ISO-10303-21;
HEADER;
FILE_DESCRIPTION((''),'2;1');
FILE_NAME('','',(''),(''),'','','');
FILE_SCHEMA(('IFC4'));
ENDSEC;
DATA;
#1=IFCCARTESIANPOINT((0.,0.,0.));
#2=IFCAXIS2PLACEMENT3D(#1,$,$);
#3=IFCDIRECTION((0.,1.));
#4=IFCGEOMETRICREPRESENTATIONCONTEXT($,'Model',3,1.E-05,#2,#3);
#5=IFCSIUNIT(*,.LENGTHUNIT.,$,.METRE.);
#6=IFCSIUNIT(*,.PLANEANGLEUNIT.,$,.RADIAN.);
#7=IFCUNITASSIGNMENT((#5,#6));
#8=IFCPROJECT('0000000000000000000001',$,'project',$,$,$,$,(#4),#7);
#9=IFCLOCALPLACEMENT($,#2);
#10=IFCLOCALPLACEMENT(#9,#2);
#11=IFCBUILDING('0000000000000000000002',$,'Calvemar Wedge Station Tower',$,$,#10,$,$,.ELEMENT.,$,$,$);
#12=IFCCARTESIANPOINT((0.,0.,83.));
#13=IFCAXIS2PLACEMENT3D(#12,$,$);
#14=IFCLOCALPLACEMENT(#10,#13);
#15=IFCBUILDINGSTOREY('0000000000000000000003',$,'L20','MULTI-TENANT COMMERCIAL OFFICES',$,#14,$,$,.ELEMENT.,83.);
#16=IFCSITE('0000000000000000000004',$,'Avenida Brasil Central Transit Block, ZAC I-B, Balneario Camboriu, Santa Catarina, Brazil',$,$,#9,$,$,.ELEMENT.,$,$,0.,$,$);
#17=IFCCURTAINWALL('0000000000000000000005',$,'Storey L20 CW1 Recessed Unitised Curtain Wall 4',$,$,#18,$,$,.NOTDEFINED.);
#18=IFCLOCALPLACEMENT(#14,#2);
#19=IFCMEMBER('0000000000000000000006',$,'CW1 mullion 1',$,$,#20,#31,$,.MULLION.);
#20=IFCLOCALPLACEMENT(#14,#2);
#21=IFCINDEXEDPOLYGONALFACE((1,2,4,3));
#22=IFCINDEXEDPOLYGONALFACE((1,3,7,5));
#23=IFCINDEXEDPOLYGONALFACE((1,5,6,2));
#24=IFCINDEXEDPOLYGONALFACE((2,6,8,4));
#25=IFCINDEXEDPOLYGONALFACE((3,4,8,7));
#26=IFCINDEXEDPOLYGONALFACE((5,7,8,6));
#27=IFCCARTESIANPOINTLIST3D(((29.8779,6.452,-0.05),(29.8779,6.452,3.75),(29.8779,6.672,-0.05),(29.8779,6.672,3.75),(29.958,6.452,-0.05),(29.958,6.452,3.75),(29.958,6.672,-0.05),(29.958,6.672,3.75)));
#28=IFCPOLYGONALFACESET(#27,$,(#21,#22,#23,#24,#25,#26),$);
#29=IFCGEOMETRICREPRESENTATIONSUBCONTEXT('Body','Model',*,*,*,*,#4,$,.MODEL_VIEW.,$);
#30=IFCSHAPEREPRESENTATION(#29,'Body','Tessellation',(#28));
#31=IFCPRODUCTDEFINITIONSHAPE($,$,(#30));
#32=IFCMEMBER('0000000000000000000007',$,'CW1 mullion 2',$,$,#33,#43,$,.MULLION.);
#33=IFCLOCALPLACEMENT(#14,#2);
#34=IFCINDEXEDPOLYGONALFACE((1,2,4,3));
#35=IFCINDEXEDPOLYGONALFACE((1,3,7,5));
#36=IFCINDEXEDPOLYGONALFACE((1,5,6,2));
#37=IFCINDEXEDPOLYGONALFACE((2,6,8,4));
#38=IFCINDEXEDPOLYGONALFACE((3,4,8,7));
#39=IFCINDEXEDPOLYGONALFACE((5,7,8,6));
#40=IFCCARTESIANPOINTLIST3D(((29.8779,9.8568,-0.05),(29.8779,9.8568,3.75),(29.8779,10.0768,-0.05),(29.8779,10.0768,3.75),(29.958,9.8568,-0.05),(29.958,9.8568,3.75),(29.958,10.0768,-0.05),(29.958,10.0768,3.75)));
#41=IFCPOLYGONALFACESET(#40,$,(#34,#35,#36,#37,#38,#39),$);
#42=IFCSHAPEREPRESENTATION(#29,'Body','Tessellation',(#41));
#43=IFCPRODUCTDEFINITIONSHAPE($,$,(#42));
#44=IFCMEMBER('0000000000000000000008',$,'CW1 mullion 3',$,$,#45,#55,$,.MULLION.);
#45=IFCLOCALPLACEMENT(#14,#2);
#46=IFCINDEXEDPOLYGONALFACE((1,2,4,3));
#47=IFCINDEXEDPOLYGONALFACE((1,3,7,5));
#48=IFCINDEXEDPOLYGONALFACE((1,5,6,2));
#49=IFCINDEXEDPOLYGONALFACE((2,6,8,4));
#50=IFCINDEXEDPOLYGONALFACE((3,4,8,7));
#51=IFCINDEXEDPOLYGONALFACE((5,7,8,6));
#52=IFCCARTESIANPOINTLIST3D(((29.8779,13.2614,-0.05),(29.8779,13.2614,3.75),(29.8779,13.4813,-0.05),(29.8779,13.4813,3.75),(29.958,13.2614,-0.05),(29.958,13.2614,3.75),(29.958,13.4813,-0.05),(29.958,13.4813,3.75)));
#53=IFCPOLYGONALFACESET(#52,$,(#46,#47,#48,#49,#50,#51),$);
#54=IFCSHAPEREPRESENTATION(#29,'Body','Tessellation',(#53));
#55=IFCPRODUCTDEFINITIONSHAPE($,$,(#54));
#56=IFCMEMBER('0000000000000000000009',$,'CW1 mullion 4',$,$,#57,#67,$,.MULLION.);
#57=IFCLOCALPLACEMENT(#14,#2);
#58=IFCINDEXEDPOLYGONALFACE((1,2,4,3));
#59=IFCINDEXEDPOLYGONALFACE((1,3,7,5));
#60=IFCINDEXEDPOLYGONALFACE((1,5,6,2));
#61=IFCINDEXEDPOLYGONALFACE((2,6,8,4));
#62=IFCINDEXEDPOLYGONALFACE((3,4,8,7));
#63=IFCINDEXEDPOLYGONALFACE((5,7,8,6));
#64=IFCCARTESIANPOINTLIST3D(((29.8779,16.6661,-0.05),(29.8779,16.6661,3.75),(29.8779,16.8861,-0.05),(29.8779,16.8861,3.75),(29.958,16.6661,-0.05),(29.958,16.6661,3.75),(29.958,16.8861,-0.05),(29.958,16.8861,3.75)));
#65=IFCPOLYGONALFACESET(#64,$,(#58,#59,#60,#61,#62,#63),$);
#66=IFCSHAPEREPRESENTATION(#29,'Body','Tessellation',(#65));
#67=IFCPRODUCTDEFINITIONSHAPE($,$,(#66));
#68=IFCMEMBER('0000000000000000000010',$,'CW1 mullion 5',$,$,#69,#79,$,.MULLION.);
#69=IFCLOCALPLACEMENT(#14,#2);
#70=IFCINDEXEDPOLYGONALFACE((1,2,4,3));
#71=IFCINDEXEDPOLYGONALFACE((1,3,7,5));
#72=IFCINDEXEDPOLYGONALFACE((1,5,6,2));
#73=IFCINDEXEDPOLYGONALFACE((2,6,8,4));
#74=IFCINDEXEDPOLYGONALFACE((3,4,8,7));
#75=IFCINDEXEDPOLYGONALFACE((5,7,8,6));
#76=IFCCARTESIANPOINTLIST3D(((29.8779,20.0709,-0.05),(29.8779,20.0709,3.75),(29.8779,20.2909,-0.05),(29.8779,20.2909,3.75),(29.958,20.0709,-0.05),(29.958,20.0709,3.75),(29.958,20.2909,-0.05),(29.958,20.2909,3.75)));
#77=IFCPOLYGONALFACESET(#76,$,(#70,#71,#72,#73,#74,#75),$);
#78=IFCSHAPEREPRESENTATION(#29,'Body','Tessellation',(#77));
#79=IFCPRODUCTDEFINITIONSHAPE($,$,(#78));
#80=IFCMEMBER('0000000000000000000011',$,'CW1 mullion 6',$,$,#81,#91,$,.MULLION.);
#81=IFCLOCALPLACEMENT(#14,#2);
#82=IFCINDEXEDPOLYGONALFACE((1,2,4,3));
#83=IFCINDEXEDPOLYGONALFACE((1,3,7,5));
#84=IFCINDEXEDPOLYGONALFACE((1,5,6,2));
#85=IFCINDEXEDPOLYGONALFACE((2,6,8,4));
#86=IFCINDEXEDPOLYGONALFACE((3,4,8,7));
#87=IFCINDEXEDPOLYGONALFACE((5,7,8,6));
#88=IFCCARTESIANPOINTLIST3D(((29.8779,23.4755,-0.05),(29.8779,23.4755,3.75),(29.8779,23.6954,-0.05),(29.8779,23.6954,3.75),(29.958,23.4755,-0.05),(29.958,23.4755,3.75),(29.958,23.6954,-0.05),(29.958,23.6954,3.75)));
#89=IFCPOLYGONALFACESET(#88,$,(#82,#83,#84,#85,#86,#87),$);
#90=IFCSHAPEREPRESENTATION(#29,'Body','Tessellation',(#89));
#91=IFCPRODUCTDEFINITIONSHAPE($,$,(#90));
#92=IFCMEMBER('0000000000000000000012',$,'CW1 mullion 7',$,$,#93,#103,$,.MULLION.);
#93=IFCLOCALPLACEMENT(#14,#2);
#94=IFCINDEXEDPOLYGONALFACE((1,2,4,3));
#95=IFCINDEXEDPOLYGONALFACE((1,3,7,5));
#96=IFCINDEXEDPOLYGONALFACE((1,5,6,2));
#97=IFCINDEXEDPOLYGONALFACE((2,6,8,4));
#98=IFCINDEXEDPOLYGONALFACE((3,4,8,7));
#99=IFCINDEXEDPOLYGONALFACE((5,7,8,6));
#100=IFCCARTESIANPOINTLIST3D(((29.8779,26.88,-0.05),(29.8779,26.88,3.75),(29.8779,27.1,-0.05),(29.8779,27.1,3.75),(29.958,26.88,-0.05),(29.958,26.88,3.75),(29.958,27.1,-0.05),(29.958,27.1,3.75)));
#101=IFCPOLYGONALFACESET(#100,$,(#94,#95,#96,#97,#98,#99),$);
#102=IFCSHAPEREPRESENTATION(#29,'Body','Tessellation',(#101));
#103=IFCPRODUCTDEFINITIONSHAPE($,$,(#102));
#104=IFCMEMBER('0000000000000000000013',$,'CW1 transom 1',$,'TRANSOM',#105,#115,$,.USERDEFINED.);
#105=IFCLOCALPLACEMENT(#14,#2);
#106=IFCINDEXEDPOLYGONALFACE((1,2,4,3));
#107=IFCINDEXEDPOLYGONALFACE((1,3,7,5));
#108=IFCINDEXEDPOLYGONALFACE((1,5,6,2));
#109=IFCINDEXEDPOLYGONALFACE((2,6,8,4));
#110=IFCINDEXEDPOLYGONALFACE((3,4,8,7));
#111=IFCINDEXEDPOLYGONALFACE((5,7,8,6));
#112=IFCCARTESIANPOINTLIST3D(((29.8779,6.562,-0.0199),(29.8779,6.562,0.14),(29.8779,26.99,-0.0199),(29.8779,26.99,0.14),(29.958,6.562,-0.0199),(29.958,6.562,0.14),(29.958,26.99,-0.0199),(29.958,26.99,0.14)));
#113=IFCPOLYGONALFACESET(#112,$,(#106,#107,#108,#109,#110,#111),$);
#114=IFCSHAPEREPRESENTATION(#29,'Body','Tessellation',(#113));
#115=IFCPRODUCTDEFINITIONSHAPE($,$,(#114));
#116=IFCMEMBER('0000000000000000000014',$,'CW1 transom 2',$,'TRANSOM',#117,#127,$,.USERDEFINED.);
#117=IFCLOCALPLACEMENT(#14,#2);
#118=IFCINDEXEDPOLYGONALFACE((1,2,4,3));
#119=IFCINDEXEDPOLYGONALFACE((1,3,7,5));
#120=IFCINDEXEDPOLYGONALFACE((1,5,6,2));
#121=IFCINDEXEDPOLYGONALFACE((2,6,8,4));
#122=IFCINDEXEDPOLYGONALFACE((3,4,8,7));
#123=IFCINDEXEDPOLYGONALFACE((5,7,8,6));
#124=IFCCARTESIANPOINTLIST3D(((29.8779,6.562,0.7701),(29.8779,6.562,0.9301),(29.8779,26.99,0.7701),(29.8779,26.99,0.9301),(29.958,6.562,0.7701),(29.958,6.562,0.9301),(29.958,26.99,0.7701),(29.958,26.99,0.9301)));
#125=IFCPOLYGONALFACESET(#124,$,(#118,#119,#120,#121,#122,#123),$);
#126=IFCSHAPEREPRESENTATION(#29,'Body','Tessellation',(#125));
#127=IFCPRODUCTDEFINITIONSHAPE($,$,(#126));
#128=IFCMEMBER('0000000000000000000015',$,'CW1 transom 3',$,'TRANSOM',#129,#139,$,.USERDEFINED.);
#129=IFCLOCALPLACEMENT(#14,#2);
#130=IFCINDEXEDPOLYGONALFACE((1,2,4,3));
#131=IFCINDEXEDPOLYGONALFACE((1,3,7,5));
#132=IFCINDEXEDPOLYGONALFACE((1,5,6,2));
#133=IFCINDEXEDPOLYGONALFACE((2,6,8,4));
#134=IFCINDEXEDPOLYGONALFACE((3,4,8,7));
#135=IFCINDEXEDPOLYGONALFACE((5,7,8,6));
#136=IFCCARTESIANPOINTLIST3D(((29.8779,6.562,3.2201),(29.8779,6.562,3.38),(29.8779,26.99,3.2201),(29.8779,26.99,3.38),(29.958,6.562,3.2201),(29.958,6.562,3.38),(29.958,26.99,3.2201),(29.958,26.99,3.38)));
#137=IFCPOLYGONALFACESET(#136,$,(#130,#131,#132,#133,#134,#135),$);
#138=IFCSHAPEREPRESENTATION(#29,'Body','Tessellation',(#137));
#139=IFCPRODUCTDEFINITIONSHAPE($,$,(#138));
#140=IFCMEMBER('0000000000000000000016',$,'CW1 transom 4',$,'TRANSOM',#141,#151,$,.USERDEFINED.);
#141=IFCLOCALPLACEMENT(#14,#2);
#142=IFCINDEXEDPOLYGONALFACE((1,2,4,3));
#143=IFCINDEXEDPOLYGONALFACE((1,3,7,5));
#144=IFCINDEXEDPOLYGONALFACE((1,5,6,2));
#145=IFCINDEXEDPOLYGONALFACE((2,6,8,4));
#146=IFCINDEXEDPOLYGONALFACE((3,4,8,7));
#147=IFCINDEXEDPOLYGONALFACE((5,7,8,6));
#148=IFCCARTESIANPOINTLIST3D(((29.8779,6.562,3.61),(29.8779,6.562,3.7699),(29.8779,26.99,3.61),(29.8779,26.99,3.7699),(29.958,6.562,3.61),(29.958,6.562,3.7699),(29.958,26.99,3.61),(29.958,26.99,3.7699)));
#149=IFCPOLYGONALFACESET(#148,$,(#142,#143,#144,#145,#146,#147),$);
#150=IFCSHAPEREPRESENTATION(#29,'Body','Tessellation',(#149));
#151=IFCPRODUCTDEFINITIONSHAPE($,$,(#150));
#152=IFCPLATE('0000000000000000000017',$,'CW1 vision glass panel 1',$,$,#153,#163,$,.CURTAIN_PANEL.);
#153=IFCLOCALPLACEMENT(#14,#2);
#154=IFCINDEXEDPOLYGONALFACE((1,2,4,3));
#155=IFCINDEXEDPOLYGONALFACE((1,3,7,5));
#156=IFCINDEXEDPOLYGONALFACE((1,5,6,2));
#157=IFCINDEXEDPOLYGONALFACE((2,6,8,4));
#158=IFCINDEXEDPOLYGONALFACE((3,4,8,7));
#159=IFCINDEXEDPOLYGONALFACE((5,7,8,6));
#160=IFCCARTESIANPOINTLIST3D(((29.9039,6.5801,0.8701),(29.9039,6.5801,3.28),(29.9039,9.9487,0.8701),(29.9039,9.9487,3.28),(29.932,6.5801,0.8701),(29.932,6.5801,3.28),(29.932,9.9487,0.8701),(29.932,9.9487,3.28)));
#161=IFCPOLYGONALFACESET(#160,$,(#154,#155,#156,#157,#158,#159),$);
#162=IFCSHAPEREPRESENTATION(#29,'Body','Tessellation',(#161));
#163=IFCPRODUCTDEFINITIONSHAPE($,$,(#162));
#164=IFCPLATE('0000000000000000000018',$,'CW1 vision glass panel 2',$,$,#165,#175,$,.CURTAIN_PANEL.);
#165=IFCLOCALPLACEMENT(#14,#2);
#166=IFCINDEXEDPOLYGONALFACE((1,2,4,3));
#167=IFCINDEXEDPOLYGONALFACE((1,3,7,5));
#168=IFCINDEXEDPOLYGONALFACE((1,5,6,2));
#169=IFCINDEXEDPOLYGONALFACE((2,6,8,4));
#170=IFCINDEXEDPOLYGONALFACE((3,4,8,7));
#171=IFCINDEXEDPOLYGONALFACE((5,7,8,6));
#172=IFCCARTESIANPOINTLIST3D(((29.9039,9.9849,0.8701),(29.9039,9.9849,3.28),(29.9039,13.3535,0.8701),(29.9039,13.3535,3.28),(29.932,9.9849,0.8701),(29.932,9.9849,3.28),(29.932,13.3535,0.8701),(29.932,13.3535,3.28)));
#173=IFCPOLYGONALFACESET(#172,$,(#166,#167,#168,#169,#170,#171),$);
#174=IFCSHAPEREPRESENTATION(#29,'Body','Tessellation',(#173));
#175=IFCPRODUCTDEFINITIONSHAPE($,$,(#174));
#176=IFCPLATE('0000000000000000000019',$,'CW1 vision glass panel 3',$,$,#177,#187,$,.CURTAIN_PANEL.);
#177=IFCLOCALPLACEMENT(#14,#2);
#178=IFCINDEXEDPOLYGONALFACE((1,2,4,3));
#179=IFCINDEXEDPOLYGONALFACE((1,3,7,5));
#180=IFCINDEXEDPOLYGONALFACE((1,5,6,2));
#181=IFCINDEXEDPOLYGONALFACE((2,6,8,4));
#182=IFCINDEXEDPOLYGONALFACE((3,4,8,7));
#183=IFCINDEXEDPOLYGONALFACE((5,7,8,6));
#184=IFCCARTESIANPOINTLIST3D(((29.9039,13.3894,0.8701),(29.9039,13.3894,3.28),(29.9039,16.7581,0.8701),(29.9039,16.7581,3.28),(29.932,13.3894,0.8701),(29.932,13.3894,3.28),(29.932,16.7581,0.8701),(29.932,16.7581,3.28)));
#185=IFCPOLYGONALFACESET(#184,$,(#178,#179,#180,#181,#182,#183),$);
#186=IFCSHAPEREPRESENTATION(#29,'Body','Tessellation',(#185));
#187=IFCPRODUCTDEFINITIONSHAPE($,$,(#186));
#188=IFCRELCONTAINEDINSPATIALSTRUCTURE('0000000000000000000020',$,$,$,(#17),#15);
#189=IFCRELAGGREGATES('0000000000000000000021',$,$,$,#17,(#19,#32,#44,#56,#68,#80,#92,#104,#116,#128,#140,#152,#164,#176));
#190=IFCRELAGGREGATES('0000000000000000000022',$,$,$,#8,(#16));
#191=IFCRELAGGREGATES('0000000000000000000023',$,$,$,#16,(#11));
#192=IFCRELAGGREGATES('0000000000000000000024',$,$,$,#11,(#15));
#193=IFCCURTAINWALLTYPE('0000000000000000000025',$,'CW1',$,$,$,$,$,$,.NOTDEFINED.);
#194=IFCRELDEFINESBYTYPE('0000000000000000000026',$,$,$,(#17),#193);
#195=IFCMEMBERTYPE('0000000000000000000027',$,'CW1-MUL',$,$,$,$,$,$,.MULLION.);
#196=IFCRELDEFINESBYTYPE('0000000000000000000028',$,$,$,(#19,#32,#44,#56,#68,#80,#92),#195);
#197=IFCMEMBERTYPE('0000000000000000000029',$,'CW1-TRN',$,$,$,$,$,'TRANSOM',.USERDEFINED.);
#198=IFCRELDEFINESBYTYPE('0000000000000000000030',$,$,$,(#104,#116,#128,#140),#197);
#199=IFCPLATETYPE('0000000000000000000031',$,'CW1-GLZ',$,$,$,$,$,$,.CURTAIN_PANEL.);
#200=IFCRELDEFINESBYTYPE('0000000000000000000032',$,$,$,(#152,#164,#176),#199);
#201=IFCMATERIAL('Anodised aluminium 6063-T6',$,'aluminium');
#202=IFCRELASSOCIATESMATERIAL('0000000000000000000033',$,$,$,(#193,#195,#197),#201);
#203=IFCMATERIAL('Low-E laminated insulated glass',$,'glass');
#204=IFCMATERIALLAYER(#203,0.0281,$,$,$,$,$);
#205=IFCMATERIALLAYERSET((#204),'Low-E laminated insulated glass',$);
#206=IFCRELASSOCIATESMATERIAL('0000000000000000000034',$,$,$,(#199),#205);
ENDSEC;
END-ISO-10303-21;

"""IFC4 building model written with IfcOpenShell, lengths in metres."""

from ifc_helpers import new_model, si_unit, direction, frame, frame_2d, origin, origin_2d, place, context, subcontext, project, spatial, rectangle, extrude, source, transform, mapped, material, layer, layer_set, material_profile, profile_set, type_object, element, aggregate, save


model = new_model("IFC4")

# Units and contexts
model_context = context("Model", 3, precision=1e-05, world=origin(), true_north=direction((0.0, 1.0)))
body_context = subcontext(model_context, "Body", "Model", "MODEL_VIEW")
ifc_project = project(units=[si_unit("LENGTHUNIT", "METRE"), si_unit("PLANEANGLEUNIT", "RADIAN")], contexts=[model_context])

# Site, building, storey
site_placement = place(None, origin())
site = spatial("IfcSite", under=ifc_project, at=site_placement, Name="Avenida Brasil Central Transit Block, ZAC I-B, Balneario Camboriu, Santa Catarina, Brazil", CompositionType="ELEMENT", RefElevation=0.0)
building_placement = place(site_placement, origin())
building = spatial("IfcBuilding", under=site, at=building_placement, Name="Calvemar Wedge Station Tower", CompositionType="ELEMENT")
storey_placement = place(building_placement, frame((0.0, 0.0, 83.0)))
storey = spatial("IfcBuildingStorey", under=building, at=storey_placement, Name="L20", Description="MULTI-TENANT COMMERCIAL OFFICES", CompositionType="ELEMENT", Elevation=83.0)

# Curtain wall, members, plates
ifc_material_1 = material(Name="Anodised aluminium 6063-T6", Category="aluminium")
curtain_wall_type = type_object("IfcCurtainWallType", Name="CW1", PredefinedType="NOTDEFINED", material=ifc_material_1)
curtain_wall_placement = place(storey_placement, origin())
curtain_wall = element("IfcCurtainWall", 1, at=curtain_wall_placement, inside=storey, type_object=curtain_wall_type, Name="Storey L20 CW1 Recessed Unitised Curtain Wall 4", PredefinedType="NOTDEFINED")
ifc_material_profile_1 = material_profile(ifc_material_1, rectangle(XDim=0.0801, YDim=0.22, at=origin_2d()), Name="AL-MUL-80x220")
ifc_profile_set_1 = profile_set([ifc_material_profile_1], Name="Anodised aluminium 6063-T6")
member_type_1 = type_object("IfcMemberType", Name="CW1-MUL", PredefinedType="MULLION", material=ifc_profile_set_1)
shared_shape_1 = source(origin(), body_context, "Body", "SweptSolid", [
    extrude(rectangle(XDim=0.0801, YDim=0.22, at=origin_2d()), origin(), (0.0, 0.0, 1.0), 3.8),
])
member_1_placement = place(storey_placement, frame((29.918, 6.562, -0.05), z_axis=(0.0, 0.0, 1.0), x_axis=(1.0, 0.0, 0.0)))
member_1 = element("IfcMember", 2, at=member_1_placement, type_object=member_type_1, Name="CW1 mullion 1", PredefinedType="MULLION", context=body_context, shape_type="MappedRepresentation", body=[
    mapped(shared_shape_1, transform((0.0, 0.0, 0.0), scale=1.0)),
])
member_2_placement = place(storey_placement, frame((29.918, 9.9668, -0.05), z_axis=(0.0, 0.0, 1.0), x_axis=(1.0, 0.0, 0.0)))
member_2 = element("IfcMember", 3, at=member_2_placement, type_object=member_type_1, Name="CW1 mullion 2", PredefinedType="MULLION", context=body_context, shape_type="MappedRepresentation", body=[
    mapped(shared_shape_1, transform((0.0, 0.0, 0.0), scale=1.0)),
])
member_3_placement = place(storey_placement, frame((29.918, 13.3713, -0.05), z_axis=(0.0, 0.0, 1.0), x_axis=(1.0, 0.0, 0.0)))
member_3 = element("IfcMember", 4, at=member_3_placement, type_object=member_type_1, Name="CW1 mullion 3", PredefinedType="MULLION", context=body_context, shape_type="MappedRepresentation", body=[
    mapped(shared_shape_1, transform((0.0, 0.0, 0.0), scale=1.0)),
])
member_4_placement = place(storey_placement, frame((29.918, 16.7761, -0.05), z_axis=(0.0, 0.0, 1.0), x_axis=(1.0, 0.0, 0.0)))
member_4 = element("IfcMember", 5, at=member_4_placement, type_object=member_type_1, Name="CW1 mullion 4", PredefinedType="MULLION", context=body_context, shape_type="MappedRepresentation", body=[
    mapped(shared_shape_1, transform((0.0, 0.0, 0.0), scale=1.0)),
])
member_5_placement = place(storey_placement, frame((29.918, 20.1809, -0.05), z_axis=(0.0, 0.0, 1.0), x_axis=(1.0, 0.0, 0.0)))
member_5 = element("IfcMember", 6, at=member_5_placement, type_object=member_type_1, Name="CW1 mullion 5", PredefinedType="MULLION", context=body_context, shape_type="MappedRepresentation", body=[
    mapped(shared_shape_1, transform((0.0, 0.0, 0.0), scale=1.0)),
])
member_6_placement = place(storey_placement, frame((29.918, 23.5854, -0.05), z_axis=(0.0, 0.0, 1.0), x_axis=(1.0, 0.0, 0.0)))
member_6 = element("IfcMember", 7, at=member_6_placement, type_object=member_type_1, Name="CW1 mullion 6", PredefinedType="MULLION", context=body_context, shape_type="MappedRepresentation", body=[
    mapped(shared_shape_1, transform((0.0, 0.0, 0.0), scale=1.0)),
])
member_7_placement = place(storey_placement, frame((29.918, 26.99, -0.05), z_axis=(0.0, 0.0, 1.0), x_axis=(1.0, 0.0, 0.0)))
member_7 = element("IfcMember", 8, at=member_7_placement, type_object=member_type_1, Name="CW1 mullion 7", PredefinedType="MULLION", context=body_context, shape_type="MappedRepresentation", body=[
    mapped(shared_shape_1, transform((0.0, 0.0, 0.0), scale=1.0)),
])
ifc_material_profile_2 = material_profile(ifc_material_1, rectangle(XDim=0.0801, YDim=0.1599, at=origin_2d()), Name="AL-TRN-80x160")
ifc_profile_set_2 = profile_set([ifc_material_profile_2], Name="Anodised aluminium 6063-T6")
member_type_2 = type_object("IfcMemberType", Name="CW1-TRN", ElementType="TRANSOM", PredefinedType="USERDEFINED", material=ifc_profile_set_2)
shared_shape_2 = source(origin(), body_context, "Body", "SweptSolid", [
    extrude(rectangle(XDim=0.0801, YDim=0.1599, at=origin_2d()), origin(), (0.0, 0.0, 1.0), 20.428),
])
member_8_placement = place(storey_placement, frame((29.918, 6.562, 0.0601), z_axis=(0.0, 1.0, 0.0), x_axis=(-1.0, 0.0, 0.0)))
member_8 = element("IfcMember", 9, at=member_8_placement, type_object=member_type_2, Name="CW1 transom 1", ObjectType="TRANSOM", PredefinedType="USERDEFINED", context=body_context, shape_type="MappedRepresentation", body=[
    mapped(shared_shape_2, transform((0.0, 0.0, 0.0), scale=1.0)),
])
member_9_placement = place(storey_placement, frame((29.918, 6.562, 0.8501), z_axis=(0.0, 1.0, 0.0), x_axis=(-1.0, 0.0, 0.0)))
member_9 = element("IfcMember", 10, at=member_9_placement, type_object=member_type_2, Name="CW1 transom 2", ObjectType="TRANSOM", PredefinedType="USERDEFINED", context=body_context, shape_type="MappedRepresentation", body=[
    mapped(shared_shape_2, transform((0.0, 0.0, 0.0), scale=1.0)),
])
member_10_placement = place(storey_placement, frame((29.918, 6.562, 3.3), z_axis=(0.0, 1.0, 0.0), x_axis=(-1.0, 0.0, 0.0)))
member_10 = element("IfcMember", 11, at=member_10_placement, type_object=member_type_2, Name="CW1 transom 3", ObjectType="TRANSOM", PredefinedType="USERDEFINED", context=body_context, shape_type="MappedRepresentation", body=[
    mapped(shared_shape_2, transform((0.0, 0.0, 0.0), scale=1.0)),
])
member_11_placement = place(storey_placement, frame((29.918, 6.562, 3.6899), z_axis=(0.0, 1.0, 0.0), x_axis=(-1.0, 0.0, 0.0)))
member_11 = element("IfcMember", 12, at=member_11_placement, type_object=member_type_2, Name="CW1 transom 4", ObjectType="TRANSOM", PredefinedType="USERDEFINED", context=body_context, shape_type="MappedRepresentation", body=[
    mapped(shared_shape_2, transform((0.0, 0.0, 0.0), scale=1.0)),
])
ifc_material_2 = material(Name="Low-E laminated insulated glass", Category="glass")
ifc_layer_1 = layer(ifc_material_2, 0.0281)
ifc_layer_set_1 = layer_set([ifc_layer_1], Name="Low-E laminated insulated glass")
plate_type_1 = type_object("IfcPlateType", Name="CW1-GLZ", PredefinedType="CURTAIN_PANEL", material=ifc_layer_set_1)
plate_1_placement = place(storey_placement, frame((29.918, 6.5801, 0.8701), z_axis=(0.0, 0.0, 1.0), x_axis=(0.0, 1.0, 0.0)))
plate_1 = element("IfcPlate", 13, at=plate_1_placement, type_object=plate_type_1, Name="CW1 vision glass panel 1", PredefinedType="CURTAIN_PANEL", context=body_context, shape_type="SweptSolid", body=[
    extrude(rectangle(XDim=3.3687, YDim=0.0281, at=frame_2d((1.6843, 0.0))), origin(), (0.0, 0.0, 1.0), 2.4099),
])
plate_2_placement = place(storey_placement, frame((29.918, 9.9849, 0.8701), z_axis=(0.0, 0.0, 1.0), x_axis=(0.0, 1.0, 0.0)))
plate_2 = element("IfcPlate", 14, at=plate_2_placement, type_object=plate_type_1, Name="CW1 vision glass panel 2", PredefinedType="CURTAIN_PANEL", context=body_context, shape_type="SweptSolid", body=[
    extrude(rectangle(XDim=3.3687, YDim=0.0281, at=frame_2d((1.6843, 0.0))), origin(), (0.0, 0.0, 1.0), 2.4099),
])
plate_3_placement = place(storey_placement, frame((29.918, 13.3894, 0.8701), z_axis=(0.0, 0.0, 1.0), x_axis=(0.0, 1.0, 0.0)))
plate_3 = element("IfcPlate", 15, at=plate_3_placement, type_object=plate_type_1, Name="CW1 vision glass panel 3", PredefinedType="CURTAIN_PANEL", context=body_context, shape_type="SweptSolid", body=[
    extrude(rectangle(XDim=3.3687, YDim=0.0281, at=frame_2d((1.6843, 0.0))), origin(), (0.0, 0.0, 1.0), 2.4099),
])
aggregate(curtain_wall, [member_1, member_2, member_3, member_4, member_5, member_6, member_7, member_8, member_9, member_10, member_11, plate_1, plate_2, plate_3])

save(model, "model.ifc")
